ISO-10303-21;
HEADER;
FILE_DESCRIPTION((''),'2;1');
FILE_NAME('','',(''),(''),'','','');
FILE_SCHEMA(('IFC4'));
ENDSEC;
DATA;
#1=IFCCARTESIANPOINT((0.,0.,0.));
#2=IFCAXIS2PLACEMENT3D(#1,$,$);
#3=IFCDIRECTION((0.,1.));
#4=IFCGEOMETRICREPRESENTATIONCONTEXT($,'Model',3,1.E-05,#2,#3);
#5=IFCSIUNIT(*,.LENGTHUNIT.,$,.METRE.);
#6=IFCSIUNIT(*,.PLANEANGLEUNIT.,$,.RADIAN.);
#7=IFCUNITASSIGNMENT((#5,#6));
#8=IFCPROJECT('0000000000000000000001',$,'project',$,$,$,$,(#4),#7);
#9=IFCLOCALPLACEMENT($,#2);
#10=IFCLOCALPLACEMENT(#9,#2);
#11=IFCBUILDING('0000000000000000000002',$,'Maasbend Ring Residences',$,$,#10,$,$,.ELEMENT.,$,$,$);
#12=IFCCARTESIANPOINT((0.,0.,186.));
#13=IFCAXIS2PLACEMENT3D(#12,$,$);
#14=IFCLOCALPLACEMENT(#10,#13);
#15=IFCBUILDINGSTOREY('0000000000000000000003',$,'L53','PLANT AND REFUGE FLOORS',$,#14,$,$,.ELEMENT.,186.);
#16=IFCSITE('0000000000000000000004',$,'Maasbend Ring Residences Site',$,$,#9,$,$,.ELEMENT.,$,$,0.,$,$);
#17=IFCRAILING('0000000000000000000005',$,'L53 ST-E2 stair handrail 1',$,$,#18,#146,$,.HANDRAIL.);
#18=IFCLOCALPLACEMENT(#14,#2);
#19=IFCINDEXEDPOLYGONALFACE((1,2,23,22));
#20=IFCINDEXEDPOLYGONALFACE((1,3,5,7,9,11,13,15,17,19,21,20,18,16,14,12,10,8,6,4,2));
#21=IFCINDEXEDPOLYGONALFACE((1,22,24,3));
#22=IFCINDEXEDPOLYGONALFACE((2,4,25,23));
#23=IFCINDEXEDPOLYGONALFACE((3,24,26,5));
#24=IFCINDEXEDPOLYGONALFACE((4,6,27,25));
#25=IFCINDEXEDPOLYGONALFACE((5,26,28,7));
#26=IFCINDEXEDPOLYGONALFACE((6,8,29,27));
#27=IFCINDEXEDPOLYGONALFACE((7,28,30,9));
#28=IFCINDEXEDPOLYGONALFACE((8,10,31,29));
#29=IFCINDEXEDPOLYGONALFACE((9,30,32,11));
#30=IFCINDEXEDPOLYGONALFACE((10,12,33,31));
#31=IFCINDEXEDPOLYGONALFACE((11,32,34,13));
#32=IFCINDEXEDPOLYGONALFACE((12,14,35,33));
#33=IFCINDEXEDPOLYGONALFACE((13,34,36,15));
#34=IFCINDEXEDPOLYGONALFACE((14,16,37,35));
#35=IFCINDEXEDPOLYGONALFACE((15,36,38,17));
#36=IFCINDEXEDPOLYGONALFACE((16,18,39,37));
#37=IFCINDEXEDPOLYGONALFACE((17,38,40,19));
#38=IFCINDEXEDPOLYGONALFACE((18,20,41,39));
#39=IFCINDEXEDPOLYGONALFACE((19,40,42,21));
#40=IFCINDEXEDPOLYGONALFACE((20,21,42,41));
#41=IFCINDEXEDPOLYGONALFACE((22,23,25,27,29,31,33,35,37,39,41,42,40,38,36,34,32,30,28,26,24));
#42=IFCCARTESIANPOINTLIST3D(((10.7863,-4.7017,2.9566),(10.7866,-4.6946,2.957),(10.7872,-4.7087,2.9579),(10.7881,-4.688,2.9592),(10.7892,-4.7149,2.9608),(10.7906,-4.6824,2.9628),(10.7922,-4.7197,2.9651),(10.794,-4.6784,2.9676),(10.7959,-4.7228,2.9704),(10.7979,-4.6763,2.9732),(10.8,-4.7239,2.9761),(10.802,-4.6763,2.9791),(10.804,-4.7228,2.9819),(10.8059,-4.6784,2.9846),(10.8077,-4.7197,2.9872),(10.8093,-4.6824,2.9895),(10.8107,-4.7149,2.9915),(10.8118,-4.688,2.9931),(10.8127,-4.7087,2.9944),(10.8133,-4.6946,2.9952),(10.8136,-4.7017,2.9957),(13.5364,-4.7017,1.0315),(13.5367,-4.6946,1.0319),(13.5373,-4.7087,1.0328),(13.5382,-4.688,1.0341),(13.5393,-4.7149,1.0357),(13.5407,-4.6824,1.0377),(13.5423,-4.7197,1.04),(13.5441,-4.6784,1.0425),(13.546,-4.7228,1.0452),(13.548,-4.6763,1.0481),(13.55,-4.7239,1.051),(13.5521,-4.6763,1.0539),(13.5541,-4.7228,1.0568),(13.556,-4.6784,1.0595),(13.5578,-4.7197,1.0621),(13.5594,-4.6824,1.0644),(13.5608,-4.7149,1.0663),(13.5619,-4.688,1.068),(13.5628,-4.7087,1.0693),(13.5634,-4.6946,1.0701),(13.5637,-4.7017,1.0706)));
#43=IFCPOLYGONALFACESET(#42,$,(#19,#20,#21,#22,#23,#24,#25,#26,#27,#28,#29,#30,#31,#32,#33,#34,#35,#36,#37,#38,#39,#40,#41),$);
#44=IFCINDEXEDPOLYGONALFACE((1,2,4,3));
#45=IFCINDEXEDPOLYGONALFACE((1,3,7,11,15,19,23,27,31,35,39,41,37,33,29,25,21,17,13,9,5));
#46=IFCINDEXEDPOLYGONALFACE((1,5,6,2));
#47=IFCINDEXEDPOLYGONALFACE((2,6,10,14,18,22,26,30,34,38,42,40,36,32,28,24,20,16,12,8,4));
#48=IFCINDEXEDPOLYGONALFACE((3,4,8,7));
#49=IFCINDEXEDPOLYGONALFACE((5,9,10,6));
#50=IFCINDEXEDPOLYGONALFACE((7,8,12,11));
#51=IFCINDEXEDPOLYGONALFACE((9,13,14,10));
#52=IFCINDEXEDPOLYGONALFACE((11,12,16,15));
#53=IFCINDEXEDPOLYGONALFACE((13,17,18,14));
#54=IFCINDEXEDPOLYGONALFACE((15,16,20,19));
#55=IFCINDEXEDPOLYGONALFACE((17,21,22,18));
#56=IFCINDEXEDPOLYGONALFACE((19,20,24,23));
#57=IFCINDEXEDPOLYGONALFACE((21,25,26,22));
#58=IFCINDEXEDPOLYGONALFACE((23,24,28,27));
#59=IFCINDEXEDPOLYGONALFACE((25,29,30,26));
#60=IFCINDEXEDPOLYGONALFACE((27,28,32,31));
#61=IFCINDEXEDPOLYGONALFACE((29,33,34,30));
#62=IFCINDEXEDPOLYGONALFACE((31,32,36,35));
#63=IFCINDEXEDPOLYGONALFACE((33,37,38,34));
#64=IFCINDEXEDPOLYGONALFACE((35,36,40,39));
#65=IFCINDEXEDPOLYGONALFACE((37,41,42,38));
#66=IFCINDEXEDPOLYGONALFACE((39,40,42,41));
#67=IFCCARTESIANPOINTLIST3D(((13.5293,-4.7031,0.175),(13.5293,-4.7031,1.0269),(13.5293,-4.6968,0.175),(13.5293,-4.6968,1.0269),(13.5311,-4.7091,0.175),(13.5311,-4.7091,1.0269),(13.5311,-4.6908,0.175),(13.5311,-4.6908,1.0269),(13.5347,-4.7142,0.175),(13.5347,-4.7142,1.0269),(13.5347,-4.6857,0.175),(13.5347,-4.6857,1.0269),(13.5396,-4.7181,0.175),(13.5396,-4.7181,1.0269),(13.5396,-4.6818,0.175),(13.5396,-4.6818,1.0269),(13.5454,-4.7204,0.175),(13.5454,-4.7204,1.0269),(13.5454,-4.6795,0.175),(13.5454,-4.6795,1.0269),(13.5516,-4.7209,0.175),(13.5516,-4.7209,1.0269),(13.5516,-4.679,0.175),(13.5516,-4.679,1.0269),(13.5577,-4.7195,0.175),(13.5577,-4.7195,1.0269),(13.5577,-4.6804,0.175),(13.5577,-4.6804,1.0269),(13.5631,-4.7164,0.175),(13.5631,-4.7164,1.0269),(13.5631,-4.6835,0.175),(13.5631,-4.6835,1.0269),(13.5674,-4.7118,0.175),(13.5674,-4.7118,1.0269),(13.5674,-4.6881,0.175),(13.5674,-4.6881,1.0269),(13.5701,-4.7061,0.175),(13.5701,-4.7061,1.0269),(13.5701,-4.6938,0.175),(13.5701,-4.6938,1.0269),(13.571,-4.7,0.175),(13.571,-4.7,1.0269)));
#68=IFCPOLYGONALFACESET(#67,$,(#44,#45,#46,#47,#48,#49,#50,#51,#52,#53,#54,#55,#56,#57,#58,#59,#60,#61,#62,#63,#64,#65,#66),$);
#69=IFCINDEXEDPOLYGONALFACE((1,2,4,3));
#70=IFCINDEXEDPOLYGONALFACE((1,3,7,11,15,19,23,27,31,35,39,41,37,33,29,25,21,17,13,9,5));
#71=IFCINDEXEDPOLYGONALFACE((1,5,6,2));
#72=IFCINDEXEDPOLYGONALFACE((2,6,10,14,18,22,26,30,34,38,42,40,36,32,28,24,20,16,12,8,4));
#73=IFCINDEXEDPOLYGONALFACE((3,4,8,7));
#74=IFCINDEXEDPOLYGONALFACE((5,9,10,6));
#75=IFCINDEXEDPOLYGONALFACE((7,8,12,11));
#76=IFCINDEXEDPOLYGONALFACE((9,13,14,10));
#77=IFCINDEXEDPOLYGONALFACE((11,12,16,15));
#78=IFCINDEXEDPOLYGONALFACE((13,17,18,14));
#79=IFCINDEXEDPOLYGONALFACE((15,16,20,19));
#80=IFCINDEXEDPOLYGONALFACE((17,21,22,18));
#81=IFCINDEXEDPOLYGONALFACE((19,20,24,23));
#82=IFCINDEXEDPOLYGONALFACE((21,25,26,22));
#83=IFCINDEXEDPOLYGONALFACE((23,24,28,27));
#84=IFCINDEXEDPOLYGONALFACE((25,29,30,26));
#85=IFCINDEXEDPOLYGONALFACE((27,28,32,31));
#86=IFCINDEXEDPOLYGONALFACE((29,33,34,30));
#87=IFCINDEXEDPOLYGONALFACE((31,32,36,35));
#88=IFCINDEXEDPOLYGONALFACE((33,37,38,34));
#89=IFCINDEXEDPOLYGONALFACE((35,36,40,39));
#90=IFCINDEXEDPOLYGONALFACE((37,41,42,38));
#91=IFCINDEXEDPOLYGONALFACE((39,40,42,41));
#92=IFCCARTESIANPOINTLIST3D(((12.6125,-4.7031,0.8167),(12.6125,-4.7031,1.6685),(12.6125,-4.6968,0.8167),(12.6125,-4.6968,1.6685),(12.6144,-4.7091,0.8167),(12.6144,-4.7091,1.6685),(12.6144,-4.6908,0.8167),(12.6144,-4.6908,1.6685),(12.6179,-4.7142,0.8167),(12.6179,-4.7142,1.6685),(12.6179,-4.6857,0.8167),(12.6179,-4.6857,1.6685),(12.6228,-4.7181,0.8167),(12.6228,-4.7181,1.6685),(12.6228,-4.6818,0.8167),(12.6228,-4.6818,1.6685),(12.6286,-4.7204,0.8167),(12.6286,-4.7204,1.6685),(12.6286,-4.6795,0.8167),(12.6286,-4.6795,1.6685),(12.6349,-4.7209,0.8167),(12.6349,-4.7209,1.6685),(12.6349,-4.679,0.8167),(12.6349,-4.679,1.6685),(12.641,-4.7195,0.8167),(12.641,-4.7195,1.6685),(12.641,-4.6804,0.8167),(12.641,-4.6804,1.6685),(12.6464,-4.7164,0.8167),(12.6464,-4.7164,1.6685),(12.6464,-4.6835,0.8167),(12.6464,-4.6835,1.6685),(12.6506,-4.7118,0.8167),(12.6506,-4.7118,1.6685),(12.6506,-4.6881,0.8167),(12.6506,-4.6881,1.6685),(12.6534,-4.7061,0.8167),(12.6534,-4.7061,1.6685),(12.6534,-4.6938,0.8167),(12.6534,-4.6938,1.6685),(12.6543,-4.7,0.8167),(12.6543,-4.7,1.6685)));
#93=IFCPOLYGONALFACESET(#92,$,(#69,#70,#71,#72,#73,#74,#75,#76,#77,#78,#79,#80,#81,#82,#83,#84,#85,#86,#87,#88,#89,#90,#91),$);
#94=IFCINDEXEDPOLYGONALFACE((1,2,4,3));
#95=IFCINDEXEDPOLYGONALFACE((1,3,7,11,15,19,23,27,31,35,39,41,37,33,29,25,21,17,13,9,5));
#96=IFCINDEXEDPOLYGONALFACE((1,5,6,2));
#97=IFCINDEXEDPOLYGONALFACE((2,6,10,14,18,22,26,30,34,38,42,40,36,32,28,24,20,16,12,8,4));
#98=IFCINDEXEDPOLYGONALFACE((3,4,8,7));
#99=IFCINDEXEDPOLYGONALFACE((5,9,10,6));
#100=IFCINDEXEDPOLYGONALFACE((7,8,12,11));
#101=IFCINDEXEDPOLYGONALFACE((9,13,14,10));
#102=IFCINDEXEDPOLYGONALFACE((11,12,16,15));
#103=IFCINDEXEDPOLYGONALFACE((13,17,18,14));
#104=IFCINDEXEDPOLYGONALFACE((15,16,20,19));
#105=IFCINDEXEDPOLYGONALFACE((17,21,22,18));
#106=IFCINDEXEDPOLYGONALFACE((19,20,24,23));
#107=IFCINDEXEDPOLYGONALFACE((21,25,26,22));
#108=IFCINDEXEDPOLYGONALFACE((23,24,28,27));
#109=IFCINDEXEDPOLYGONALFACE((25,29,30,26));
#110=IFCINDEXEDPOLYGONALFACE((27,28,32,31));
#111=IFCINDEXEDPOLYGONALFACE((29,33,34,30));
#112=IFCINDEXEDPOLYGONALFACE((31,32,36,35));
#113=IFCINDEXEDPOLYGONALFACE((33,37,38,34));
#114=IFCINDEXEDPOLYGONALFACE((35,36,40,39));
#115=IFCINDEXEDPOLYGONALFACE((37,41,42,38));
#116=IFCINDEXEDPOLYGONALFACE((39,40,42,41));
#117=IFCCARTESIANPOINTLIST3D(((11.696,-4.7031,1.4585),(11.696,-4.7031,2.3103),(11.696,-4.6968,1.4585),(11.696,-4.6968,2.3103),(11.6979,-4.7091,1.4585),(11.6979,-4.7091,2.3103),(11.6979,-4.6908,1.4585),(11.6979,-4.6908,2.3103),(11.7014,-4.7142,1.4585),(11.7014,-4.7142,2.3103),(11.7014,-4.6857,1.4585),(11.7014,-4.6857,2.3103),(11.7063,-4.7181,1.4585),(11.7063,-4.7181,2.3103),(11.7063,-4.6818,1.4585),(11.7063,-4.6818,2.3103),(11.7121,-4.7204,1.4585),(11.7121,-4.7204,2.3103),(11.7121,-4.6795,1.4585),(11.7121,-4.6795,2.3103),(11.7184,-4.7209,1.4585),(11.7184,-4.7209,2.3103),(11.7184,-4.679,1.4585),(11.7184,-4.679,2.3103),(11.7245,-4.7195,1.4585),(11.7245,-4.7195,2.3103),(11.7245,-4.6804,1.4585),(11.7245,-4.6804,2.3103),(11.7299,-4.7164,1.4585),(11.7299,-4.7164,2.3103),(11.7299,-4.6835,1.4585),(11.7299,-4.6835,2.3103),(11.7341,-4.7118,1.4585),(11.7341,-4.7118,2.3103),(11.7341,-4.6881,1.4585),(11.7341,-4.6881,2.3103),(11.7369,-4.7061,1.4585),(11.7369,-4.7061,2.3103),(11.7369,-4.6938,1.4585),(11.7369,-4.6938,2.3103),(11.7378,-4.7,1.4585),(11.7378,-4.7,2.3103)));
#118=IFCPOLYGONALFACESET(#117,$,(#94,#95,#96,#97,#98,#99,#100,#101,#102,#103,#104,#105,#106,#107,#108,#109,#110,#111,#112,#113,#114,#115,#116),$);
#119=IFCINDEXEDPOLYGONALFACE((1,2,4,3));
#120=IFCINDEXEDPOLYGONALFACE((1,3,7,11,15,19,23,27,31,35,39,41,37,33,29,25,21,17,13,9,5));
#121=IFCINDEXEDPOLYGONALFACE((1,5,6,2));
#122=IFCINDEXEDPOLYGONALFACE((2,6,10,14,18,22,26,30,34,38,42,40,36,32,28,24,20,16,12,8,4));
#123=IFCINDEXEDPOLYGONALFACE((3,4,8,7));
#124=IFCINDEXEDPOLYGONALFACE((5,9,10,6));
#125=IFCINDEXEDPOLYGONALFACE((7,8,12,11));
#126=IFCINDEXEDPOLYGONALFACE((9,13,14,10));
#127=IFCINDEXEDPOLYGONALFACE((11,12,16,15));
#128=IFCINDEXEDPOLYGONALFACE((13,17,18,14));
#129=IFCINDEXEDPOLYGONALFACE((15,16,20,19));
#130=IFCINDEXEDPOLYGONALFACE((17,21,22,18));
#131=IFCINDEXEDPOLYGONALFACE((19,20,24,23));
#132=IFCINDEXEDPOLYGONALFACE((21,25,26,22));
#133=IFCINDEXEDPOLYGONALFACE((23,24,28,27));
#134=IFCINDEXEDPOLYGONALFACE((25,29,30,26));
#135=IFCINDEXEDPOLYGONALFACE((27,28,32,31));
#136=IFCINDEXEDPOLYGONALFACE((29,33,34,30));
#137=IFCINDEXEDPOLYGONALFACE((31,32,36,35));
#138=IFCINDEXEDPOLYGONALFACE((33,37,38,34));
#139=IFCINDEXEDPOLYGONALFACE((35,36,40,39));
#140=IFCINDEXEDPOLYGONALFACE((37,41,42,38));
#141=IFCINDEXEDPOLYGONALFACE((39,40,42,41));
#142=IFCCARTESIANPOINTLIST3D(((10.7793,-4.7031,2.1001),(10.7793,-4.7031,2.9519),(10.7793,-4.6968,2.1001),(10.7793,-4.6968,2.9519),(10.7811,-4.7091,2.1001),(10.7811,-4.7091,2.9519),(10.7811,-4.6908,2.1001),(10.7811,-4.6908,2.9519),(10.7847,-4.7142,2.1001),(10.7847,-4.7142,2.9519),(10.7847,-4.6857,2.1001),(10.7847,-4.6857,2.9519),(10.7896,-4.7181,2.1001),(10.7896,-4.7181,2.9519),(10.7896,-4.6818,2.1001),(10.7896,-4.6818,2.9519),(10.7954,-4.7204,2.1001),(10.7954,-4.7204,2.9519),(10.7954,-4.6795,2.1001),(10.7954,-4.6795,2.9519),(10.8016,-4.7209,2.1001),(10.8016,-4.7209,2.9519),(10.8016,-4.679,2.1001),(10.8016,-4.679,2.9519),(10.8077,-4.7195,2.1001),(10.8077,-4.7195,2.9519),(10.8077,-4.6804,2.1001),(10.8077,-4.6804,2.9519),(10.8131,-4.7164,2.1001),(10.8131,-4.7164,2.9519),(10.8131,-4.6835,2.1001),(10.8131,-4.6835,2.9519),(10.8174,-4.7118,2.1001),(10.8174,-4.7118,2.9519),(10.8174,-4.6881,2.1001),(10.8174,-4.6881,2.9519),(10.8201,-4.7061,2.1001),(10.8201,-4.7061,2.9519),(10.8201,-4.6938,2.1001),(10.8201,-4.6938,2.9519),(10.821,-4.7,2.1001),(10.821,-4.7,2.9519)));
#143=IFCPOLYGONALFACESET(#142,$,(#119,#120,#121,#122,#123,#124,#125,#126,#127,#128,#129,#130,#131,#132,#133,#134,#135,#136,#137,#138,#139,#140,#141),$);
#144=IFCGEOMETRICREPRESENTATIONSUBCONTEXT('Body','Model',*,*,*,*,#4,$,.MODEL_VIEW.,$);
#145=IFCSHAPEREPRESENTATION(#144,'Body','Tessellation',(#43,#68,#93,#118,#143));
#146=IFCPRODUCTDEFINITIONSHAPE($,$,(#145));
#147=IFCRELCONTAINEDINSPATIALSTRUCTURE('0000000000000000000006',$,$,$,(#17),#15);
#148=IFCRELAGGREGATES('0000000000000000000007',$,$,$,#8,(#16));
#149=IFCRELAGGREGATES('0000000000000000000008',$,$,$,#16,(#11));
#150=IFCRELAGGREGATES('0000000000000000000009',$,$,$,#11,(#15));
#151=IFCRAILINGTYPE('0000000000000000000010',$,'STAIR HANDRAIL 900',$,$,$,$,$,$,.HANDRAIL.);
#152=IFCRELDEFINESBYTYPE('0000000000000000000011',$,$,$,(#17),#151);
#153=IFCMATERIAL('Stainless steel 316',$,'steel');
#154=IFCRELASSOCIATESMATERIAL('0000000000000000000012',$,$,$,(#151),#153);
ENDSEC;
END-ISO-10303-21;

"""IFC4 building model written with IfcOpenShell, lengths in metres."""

from ifc_helpers import new_model, si_unit, direction, frame, origin, origin_2d, place, context, subcontext, project, spatial, circle, extrude, material, type_object, element, save


model = new_model("IFC4")

# Units and contexts
model_context = context("Model", 3, precision=1e-05, world=origin(), true_north=direction((0.0, 1.0)))
body_context = subcontext(model_context, "Body", "Model", "MODEL_VIEW")
ifc_project = project(units=[si_unit("LENGTHUNIT", "METRE"), si_unit("PLANEANGLEUNIT", "RADIAN")], contexts=[model_context])

# Site, building, storey
site_placement = place(None, origin())
site = spatial("IfcSite", under=ifc_project, at=site_placement, Name="Maasbend Ring Residences Site", CompositionType="ELEMENT", RefElevation=0.0)
building_placement = place(site_placement, origin())
building = spatial("IfcBuilding", under=site, at=building_placement, Name="Maasbend Ring Residences", CompositionType="ELEMENT")
storey_placement = place(building_placement, frame((0.0, 0.0, 186.0)))
storey = spatial("IfcBuildingStorey", under=building, at=storey_placement, Name="L53", Description="PLANT AND REFUGE FLOORS", CompositionType="ELEMENT", Elevation=186.0)

# Railing
ifc_material_1 = material(Name="Stainless steel 316", Category="steel")
railing_type_1 = type_object("IfcRailingType", Name="STAIR HANDRAIL 900", PredefinedType="HANDRAIL", material=ifc_material_1)
railing_1_placement = place(storey_placement, frame((13.55, -4.7, 0.175)))
element("IfcRailing", 1, at=railing_1_placement, inside=storey, type_object=railing_type_1, Name="L53 ST-E2 stair handrail 1", PredefinedType="HANDRAIL", context=body_context, shape_type="SweptSolid", body=[
    extrude(circle(Radius=0.0239, at=origin_2d()), frame((0.0, 0.0, 0.876), z_axis=(-0.819225, 0.0, 0.573472), x_axis=(0.0, -1.0, 0.0)), (0.0, 0.0, 1.0), 3.3569),
    extrude(circle(Radius=0.021, at=origin_2d()), origin(), (0.0, 0.0, 1.0), 0.8518),
    extrude(circle(Radius=0.021, at=origin_2d()), frame((-0.9167, 0.0, 0.6416)), (0.0, 0.0, 1.0), 0.8518),
    extrude(circle(Radius=0.021, at=origin_2d()), frame((-1.8333, 0.0, 1.2834)), (0.0, 0.0, 1.0), 0.8518),
    extrude(circle(Radius=0.021, at=origin_2d()), frame((-2.75, 0.0, 1.925)), (0.0, 0.0, 1.0), 0.8518),
])

save(model, "model.ifc")
